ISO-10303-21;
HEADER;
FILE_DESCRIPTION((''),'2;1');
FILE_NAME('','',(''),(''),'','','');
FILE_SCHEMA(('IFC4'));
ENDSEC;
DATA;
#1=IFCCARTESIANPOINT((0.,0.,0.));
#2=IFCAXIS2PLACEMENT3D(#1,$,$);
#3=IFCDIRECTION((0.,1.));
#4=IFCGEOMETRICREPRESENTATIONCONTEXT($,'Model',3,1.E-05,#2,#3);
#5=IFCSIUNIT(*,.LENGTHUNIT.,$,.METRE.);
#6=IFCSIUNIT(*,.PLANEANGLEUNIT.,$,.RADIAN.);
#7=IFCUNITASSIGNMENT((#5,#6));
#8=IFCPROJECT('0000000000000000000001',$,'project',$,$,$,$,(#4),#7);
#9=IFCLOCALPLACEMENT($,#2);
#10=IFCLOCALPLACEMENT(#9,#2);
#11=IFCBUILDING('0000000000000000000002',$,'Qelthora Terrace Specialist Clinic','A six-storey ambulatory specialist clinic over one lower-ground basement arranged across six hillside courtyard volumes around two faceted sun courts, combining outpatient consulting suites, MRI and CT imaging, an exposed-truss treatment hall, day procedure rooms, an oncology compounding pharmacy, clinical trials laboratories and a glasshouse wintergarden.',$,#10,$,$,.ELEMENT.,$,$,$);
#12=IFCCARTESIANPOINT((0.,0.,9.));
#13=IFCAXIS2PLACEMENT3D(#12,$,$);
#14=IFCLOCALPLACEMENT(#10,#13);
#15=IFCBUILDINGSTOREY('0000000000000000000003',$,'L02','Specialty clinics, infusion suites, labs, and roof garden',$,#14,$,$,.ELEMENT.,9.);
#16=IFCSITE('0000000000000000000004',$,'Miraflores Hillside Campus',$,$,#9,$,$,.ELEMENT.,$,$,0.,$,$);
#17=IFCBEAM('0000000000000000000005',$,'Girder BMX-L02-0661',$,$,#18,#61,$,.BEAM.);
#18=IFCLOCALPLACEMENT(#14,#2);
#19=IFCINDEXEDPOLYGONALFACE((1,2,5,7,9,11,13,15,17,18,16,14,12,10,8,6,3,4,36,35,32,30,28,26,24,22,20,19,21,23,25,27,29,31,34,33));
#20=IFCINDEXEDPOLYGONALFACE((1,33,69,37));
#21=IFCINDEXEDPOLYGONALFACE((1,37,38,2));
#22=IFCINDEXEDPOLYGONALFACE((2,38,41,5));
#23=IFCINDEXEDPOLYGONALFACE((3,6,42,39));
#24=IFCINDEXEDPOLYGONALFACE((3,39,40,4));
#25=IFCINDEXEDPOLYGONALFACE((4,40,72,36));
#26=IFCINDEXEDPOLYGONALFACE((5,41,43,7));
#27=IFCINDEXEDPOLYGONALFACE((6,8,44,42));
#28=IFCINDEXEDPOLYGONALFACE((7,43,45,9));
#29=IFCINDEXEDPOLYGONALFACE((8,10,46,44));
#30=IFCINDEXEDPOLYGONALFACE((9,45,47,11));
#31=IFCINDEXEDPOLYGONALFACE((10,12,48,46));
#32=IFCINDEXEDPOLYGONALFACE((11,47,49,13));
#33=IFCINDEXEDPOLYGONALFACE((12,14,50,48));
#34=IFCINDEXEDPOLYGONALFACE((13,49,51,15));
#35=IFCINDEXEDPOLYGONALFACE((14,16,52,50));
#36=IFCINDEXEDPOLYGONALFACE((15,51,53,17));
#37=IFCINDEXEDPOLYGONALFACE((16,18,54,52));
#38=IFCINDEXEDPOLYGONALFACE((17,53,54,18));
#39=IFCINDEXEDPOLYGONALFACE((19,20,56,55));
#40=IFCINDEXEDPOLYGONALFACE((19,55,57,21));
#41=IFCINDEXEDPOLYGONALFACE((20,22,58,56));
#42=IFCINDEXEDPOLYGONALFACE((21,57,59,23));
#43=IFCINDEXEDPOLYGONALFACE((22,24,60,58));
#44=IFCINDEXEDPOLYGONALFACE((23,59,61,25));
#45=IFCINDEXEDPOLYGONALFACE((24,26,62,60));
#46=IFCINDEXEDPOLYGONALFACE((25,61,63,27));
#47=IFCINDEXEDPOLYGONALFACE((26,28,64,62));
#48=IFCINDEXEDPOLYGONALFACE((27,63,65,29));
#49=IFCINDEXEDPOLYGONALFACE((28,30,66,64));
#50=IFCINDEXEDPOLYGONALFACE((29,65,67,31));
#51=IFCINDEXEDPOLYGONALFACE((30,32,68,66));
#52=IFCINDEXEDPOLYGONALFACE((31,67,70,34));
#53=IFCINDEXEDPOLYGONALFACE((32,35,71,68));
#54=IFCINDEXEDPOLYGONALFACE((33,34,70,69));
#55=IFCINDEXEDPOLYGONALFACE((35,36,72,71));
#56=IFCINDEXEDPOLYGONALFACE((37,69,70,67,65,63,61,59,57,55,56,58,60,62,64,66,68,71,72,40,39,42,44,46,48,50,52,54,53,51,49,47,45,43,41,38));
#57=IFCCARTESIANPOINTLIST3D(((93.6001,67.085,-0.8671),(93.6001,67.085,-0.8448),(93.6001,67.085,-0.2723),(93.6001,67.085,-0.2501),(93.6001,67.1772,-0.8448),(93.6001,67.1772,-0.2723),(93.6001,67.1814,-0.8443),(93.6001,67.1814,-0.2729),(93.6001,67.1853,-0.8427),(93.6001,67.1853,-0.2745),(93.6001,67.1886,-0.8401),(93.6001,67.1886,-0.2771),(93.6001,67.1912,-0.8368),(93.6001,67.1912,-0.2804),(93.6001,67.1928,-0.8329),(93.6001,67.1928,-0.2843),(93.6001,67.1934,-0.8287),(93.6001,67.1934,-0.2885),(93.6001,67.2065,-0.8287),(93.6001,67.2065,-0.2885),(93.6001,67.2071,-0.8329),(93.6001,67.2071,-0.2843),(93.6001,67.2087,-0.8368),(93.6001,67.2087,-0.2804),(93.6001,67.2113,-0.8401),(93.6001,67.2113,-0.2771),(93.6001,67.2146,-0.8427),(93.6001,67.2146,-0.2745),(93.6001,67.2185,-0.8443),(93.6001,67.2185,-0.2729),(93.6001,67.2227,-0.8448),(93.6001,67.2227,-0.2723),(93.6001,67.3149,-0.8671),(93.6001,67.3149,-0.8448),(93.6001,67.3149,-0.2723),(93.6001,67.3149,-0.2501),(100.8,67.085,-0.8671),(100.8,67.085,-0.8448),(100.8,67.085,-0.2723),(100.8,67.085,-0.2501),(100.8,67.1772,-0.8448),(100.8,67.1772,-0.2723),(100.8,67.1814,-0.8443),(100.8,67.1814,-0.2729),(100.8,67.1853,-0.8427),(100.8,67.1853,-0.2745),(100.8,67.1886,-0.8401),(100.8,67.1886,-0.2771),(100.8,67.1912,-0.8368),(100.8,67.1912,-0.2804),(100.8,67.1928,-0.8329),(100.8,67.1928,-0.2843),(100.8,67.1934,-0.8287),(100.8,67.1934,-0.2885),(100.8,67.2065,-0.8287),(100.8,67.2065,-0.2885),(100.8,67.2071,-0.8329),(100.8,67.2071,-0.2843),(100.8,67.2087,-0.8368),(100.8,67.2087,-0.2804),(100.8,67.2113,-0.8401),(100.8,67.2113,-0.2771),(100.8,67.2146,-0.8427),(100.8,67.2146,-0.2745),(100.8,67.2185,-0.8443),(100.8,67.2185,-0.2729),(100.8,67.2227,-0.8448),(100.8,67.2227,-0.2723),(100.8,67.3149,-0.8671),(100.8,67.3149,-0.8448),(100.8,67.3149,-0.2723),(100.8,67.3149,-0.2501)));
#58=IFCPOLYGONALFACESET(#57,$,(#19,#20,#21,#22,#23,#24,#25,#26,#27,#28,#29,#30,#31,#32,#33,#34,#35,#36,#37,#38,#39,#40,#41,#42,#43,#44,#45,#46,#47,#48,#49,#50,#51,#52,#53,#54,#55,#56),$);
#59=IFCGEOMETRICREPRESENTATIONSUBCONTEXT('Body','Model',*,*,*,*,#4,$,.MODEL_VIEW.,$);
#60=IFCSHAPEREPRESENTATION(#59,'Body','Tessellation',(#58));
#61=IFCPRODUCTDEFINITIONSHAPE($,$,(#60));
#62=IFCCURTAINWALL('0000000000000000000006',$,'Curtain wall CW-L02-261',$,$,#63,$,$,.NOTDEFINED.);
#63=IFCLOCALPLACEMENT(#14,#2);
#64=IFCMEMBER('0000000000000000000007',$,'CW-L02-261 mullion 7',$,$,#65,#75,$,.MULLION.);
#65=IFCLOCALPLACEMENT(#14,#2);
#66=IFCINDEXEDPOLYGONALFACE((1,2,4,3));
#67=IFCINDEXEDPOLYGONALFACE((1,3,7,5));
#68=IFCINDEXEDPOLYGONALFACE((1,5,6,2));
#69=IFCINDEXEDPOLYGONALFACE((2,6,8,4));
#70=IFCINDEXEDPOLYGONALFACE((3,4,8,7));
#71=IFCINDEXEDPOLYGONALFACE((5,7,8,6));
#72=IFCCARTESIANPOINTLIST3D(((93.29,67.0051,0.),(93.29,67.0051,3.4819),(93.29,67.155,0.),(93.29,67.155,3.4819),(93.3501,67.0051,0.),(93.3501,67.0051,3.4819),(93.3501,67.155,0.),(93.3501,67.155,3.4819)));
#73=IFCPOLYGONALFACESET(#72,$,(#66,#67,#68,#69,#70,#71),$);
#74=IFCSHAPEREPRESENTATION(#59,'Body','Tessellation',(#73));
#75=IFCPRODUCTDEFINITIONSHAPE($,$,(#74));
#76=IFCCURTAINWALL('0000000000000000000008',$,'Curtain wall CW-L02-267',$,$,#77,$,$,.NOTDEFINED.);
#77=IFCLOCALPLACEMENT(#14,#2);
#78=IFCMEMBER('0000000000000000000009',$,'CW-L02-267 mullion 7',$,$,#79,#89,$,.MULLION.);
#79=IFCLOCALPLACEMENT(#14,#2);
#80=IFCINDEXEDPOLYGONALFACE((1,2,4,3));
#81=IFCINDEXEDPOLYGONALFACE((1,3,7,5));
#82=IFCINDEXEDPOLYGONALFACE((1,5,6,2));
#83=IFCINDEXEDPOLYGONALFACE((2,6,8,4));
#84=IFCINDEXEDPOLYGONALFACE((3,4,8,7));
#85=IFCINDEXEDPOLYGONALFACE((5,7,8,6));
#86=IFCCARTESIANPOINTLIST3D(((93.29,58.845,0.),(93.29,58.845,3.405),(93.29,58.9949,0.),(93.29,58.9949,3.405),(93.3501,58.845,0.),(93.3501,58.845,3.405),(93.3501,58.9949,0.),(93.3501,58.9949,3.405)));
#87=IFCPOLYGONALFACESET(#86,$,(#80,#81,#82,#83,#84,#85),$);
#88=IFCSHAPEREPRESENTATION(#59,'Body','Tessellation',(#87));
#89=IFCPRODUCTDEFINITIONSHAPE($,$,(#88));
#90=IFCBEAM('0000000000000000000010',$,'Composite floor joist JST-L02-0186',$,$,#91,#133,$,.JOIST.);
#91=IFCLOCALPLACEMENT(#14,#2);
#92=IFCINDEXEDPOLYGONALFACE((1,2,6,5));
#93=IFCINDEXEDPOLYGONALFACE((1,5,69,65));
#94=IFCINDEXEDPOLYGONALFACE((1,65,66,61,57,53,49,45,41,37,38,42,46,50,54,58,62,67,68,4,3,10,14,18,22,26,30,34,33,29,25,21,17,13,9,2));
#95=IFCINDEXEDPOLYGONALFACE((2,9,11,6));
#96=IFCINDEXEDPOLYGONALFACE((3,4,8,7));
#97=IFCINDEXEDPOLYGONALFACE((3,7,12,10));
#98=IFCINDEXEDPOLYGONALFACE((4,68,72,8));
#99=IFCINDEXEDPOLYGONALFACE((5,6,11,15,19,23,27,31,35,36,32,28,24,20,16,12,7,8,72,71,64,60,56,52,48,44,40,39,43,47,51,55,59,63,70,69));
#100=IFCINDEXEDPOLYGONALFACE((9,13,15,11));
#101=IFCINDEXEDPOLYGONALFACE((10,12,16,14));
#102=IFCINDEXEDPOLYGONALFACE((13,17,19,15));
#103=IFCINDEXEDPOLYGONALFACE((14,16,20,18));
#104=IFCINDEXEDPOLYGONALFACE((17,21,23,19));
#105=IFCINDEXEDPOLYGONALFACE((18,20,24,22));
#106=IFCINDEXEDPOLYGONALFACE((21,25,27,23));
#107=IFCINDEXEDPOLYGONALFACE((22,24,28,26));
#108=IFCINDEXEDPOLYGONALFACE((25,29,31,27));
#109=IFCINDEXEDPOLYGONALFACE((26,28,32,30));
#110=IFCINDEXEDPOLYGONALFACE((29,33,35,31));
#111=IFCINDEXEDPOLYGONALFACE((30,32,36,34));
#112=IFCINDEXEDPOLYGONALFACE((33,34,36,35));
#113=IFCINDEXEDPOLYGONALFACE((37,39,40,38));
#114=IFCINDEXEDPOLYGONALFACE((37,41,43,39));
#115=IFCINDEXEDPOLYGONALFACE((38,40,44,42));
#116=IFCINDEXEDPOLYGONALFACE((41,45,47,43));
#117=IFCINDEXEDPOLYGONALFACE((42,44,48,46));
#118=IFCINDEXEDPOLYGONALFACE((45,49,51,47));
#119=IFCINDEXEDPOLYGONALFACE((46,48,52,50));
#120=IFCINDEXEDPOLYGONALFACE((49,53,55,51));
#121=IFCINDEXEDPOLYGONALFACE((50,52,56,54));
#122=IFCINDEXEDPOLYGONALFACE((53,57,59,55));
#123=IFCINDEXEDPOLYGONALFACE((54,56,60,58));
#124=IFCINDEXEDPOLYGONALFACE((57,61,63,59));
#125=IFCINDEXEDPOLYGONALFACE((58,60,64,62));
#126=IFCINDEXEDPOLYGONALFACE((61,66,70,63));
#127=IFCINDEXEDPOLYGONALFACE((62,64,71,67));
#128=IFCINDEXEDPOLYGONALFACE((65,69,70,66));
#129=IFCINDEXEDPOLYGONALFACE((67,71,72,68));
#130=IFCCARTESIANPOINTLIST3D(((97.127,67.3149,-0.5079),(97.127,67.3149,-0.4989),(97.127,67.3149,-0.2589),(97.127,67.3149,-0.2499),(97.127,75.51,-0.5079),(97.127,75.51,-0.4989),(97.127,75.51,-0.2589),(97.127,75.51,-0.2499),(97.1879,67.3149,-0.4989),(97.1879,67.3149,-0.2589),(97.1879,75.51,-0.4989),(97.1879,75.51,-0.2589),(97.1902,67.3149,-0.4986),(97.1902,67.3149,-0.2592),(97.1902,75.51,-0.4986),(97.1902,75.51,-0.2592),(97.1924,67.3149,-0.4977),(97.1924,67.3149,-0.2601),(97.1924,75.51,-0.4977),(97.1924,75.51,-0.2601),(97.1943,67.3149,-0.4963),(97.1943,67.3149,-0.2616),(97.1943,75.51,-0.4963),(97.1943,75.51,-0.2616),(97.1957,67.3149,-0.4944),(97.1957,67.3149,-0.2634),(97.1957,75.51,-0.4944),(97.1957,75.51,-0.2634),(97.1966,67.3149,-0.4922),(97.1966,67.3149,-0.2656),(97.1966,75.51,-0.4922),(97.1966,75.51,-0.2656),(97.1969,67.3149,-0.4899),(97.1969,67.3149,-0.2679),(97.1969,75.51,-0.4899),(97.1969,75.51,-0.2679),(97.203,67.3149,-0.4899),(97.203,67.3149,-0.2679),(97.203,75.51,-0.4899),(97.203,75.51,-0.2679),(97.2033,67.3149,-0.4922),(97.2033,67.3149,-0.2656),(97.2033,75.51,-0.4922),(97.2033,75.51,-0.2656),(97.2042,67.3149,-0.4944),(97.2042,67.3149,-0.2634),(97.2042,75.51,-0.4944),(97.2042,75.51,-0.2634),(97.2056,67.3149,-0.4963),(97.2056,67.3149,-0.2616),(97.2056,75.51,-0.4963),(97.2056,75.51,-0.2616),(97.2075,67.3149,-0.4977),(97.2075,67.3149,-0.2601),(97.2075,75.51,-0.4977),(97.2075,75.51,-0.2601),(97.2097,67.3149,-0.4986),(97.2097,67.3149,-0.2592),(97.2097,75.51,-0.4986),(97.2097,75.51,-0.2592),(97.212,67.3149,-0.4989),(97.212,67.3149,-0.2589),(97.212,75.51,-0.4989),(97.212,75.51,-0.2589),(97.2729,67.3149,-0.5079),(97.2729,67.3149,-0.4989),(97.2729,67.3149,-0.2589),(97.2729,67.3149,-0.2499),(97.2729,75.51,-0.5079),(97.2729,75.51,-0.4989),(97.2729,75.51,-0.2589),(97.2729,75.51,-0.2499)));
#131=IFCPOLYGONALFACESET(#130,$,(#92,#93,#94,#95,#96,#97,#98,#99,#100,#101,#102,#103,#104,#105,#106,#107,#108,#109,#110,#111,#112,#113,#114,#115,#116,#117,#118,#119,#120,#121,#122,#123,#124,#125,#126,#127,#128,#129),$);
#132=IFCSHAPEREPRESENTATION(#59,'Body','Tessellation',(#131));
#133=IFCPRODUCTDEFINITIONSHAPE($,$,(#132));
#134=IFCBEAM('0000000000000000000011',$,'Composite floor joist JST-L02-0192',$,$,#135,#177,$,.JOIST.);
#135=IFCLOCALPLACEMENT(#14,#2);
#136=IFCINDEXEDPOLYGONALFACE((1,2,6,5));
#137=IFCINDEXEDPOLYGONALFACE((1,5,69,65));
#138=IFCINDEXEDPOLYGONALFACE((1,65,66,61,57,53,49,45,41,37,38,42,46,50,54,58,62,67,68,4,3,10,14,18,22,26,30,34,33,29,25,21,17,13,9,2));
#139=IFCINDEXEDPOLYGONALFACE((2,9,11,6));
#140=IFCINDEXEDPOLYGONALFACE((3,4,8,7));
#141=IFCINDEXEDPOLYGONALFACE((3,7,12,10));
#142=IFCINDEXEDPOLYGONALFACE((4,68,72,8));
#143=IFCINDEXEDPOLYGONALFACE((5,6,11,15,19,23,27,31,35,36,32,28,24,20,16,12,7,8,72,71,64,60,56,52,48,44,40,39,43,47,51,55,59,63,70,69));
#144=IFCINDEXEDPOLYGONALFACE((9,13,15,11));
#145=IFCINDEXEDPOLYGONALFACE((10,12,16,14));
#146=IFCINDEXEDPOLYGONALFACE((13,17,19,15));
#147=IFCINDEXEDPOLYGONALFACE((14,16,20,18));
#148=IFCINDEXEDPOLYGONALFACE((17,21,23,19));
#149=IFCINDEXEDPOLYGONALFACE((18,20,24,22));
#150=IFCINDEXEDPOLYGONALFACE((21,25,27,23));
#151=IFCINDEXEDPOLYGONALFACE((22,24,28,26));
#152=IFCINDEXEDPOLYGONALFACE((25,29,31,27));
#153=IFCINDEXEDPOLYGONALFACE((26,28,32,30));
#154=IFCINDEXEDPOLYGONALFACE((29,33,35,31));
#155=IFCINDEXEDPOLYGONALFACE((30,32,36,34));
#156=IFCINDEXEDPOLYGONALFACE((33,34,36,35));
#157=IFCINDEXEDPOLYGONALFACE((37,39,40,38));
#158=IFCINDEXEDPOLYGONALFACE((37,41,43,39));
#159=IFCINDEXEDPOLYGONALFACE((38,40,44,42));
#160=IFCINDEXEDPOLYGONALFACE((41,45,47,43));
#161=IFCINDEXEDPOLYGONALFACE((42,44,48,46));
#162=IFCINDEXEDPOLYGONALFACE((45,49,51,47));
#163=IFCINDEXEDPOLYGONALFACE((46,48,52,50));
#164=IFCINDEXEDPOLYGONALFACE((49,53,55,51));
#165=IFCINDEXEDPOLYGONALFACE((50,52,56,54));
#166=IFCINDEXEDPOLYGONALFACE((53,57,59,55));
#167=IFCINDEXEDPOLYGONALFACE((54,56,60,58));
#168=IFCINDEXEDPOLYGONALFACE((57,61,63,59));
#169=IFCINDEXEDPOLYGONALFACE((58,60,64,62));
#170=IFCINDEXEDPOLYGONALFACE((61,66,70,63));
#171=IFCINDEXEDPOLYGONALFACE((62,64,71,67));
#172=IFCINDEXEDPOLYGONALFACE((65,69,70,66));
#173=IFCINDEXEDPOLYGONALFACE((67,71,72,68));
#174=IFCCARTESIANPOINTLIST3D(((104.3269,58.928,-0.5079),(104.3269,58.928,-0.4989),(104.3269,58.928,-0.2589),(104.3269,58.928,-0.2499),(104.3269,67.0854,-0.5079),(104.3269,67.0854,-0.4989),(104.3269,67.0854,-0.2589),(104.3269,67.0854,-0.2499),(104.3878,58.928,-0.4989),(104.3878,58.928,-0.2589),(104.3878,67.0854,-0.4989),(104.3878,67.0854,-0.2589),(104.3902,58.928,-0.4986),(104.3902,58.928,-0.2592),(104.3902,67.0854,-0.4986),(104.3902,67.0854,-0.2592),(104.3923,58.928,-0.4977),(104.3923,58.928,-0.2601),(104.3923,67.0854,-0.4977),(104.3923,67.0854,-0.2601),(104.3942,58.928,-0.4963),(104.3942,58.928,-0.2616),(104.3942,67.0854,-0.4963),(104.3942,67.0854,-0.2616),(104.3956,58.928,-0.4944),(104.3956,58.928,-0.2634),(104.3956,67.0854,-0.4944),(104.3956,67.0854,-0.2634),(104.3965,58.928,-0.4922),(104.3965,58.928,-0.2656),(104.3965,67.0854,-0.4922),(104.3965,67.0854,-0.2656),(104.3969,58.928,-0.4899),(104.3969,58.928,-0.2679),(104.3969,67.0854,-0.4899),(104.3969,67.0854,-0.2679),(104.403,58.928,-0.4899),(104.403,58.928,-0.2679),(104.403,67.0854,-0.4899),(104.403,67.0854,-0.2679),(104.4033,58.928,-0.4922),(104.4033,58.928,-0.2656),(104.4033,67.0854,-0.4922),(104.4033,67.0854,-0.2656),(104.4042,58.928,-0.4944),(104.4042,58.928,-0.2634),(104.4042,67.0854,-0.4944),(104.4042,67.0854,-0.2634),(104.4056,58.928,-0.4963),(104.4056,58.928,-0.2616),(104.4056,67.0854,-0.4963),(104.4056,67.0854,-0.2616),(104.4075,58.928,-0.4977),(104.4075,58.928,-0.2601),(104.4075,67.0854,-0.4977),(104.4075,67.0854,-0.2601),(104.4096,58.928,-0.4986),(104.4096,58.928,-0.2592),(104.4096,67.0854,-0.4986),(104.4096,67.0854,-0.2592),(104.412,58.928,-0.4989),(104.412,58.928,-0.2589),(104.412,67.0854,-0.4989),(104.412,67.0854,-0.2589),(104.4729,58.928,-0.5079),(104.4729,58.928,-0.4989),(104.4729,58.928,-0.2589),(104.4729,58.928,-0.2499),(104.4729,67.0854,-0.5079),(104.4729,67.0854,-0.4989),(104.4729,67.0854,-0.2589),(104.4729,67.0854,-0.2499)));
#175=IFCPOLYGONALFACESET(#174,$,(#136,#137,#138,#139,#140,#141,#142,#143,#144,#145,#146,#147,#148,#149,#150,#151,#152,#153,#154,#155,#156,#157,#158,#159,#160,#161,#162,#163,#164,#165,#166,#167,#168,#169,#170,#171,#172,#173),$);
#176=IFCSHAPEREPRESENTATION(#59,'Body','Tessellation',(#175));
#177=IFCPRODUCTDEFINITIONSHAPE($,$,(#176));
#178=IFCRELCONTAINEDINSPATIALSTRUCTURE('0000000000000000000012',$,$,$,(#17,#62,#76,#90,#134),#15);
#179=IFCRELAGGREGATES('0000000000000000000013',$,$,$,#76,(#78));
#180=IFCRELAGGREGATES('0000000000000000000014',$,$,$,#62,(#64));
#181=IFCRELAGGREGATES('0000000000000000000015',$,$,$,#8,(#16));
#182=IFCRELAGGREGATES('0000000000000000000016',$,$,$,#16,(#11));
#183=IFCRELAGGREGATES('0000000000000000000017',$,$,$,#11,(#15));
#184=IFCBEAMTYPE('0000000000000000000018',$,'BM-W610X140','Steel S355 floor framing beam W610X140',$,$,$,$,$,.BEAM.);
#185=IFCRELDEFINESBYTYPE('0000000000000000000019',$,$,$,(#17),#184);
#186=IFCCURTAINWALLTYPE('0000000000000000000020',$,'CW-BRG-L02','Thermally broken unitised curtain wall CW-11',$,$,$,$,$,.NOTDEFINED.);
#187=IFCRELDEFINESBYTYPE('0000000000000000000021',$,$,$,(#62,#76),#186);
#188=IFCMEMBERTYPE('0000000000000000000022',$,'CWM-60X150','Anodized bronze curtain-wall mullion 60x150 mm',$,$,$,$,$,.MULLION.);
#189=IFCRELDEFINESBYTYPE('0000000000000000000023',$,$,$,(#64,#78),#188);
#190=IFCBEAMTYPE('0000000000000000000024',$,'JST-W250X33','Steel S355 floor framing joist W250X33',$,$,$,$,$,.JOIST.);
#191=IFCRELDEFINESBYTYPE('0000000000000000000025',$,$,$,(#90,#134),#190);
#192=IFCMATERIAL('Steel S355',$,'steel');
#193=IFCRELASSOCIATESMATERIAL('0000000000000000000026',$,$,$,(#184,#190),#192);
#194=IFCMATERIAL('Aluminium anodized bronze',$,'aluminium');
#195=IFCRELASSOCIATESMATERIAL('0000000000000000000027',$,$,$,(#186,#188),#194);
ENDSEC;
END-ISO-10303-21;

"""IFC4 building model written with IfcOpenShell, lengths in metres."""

from ifc_helpers import new_model, si_unit, direction, frame, origin, origin_2d, place, context, subcontext, project, spatial, rectangle, i_section, extrude, material, material_profile, profile_set, type_object, element, aggregate, save


model = new_model("IFC4")

# Units and contexts
model_context = context("Model", 3, precision=1e-05, world=origin(), true_north=direction((0.0, 1.0)))
body_context = subcontext(model_context, "Body", "Model", "MODEL_VIEW")
ifc_project = project(units=[si_unit("LENGTHUNIT", "METRE"), si_unit("PLANEANGLEUNIT", "RADIAN")], contexts=[model_context])

# Site, building, storey
site_placement = place(None, origin())
site = spatial("IfcSite", under=ifc_project, at=site_placement, Name="Miraflores Hillside Campus", CompositionType="ELEMENT", RefElevation=0.0)
building_placement = place(site_placement, origin())
building = spatial("IfcBuilding", under=site, at=building_placement, Name="Qelthora Terrace Specialist Clinic", Description="A six-storey ambulatory specialist clinic over one lower-ground basement arranged across six hillside courtyard volumes around two faceted sun courts, combining outpatient consulting suites, MRI and CT imaging, an exposed-truss treatment hall, day procedure rooms, an oncology compounding pharmacy, clinical trials laboratories and a glasshouse wintergarden.", CompositionType="ELEMENT")
storey_placement = place(building_placement, frame((0.0, 0.0, 9.0)))
storey = spatial("IfcBuildingStorey", under=building, at=storey_placement, Name="L02", Description="Specialty clinics, infusion suites, labs, and roof garden", CompositionType="ELEMENT", Elevation=9.0)

# Shared definitions
ifc_material_1 = material(Name="Steel S355", Category="steel")

# Beam
ifc_material_profile_1 = material_profile(ifc_material_1, i_section(OverallWidth=0.23, OverallDepth=0.6169, WebThickness=0.0132, FlangeThickness=0.0222, FilletRadius=0.0161, at=origin_2d()), Name="W610X140")
ifc_profile_set_1 = profile_set([ifc_material_profile_1], Name="Steel S355")
beam_type_1 = type_object("IfcBeamType", Name="BM-W610X140", Description="Steel S355 floor framing beam W610X140", PredefinedType="BEAM", material=ifc_profile_set_1)
beam_1_placement = place(storey_placement, frame((93.6001, 67.2, -0.5586), z_axis=(1.0, 0.0, 0.0), x_axis=(0.0, 1.0, 0.0)))
element("IfcBeam", 1, at=beam_1_placement, inside=storey, type_object=beam_type_1, Name="Girder BMX-L02-0661", PredefinedType="BEAM", context=body_context, shape_type="SweptSolid", body=[
    extrude(i_section(OverallWidth=0.23, OverallDepth=0.6169, WebThickness=0.0132, FlangeThickness=0.0222, FilletRadius=0.0161, at=origin_2d()), origin(), (0.0, 0.0, 1.0), 7.2),
])

# Curtain walls, members
ifc_material_2 = material(Name="Aluminium anodized bronze", Category="aluminium")
curtain_wall_type = type_object("IfcCurtainWallType", Name="CW-BRG-L02", Description="Thermally broken unitised curtain wall CW-11", PredefinedType="NOTDEFINED", material=ifc_material_2)
curtain_wall_1_placement = place(storey_placement, origin())
curtain_wall_1 = element("IfcCurtainWall", 2, at=curtain_wall_1_placement, inside=storey, type_object=curtain_wall_type, Name="Curtain wall CW-L02-261", PredefinedType="NOTDEFINED")
ifc_material_profile_2 = material_profile(ifc_material_2, rectangle(XDim=0.0601, YDim=0.1499, at=origin_2d()), Name="CWM60X150")
ifc_profile_set_2 = profile_set([ifc_material_profile_2], Name="Aluminium anodized bronze")
member_type = type_object("IfcMemberType", Name="CWM-60X150", Description="Anodized bronze curtain-wall mullion 60x150 mm", PredefinedType="MULLION", material=ifc_profile_set_2)
member_1_placement = place(storey_placement, frame((93.3201, 67.0801, 0.0), z_axis=(0.0, 0.0, 1.0), x_axis=(1.0, 0.0, 0.0)))
member_1 = element("IfcMember", 3, at=member_1_placement, type_object=member_type, Name="CW-L02-261 mullion 7", PredefinedType="MULLION", context=body_context, shape_type="SweptSolid", body=[
    extrude(rectangle(XDim=0.0601, YDim=0.1499, at=origin_2d()), origin(), (0.0, 0.0, 1.0), 3.4819),
])
curtain_wall_2_placement = place(storey_placement, origin())
curtain_wall_2 = element("IfcCurtainWall", 4, at=curtain_wall_2_placement, inside=storey, type_object=curtain_wall_type, Name="Curtain wall CW-L02-267", PredefinedType="NOTDEFINED")
member_2_placement = place(storey_placement, frame((93.3201, 58.9199, 0.0), z_axis=(0.0, 0.0, 1.0), x_axis=(1.0, 0.0, 0.0)))
member_2 = element("IfcMember", 5, at=member_2_placement, type_object=member_type, Name="CW-L02-267 mullion 7", PredefinedType="MULLION", context=body_context, shape_type="SweptSolid", body=[
    extrude(rectangle(XDim=0.0601, YDim=0.1499, at=origin_2d()), origin(), (0.0, 0.0, 1.0), 3.405),
])
aggregate(curtain_wall_2, [member_2])

# Beams
ifc_material_profile_3 = material_profile(ifc_material_1, i_section(OverallWidth=0.146, OverallDepth=0.2581, WebThickness=0.0061, FlangeThickness=0.009, FilletRadius=0.009, at=origin_2d()), Name="W250X33")
ifc_profile_set_3 = profile_set([ifc_material_profile_3], Name="Steel S355")
beam_type_2 = type_object("IfcBeamType", Name="JST-W250X33", Description="Steel S355 floor framing joist W250X33", PredefinedType="JOIST", material=ifc_profile_set_3)
beam_2_placement = place(storey_placement, frame((97.2, 67.3149, -0.3789), z_axis=(0.0, 1.0, 0.0), x_axis=(-1.0, 0.0, 0.0)))
element("IfcBeam", 6, at=beam_2_placement, inside=storey, type_object=beam_type_2, Name="Composite floor joist JST-L02-0186", PredefinedType="JOIST", context=body_context, shape_type="SweptSolid", body=[
    extrude(i_section(OverallWidth=0.146, OverallDepth=0.2581, WebThickness=0.0061, FlangeThickness=0.009, FilletRadius=0.009, at=origin_2d()), origin(), (0.0, 0.0, 1.0), 8.1951),
])
beam_3_placement = place(storey_placement, frame((104.3999, 58.928, -0.3789), z_axis=(0.0, 1.0, 0.0), x_axis=(-1.0, 0.0, 0.0)))
element("IfcBeam", 7, at=beam_3_placement, inside=storey, type_object=beam_type_2, Name="Composite floor joist JST-L02-0192", PredefinedType="JOIST", context=body_context, shape_type="SweptSolid", body=[
    extrude(i_section(OverallWidth=0.146, OverallDepth=0.2581, WebThickness=0.0061, FlangeThickness=0.009, FilletRadius=0.009, at=origin_2d()), origin(), (0.0, 0.0, 1.0), 8.1575),
])

aggregate(curtain_wall_1, [member_1])

save(model, "model.ifc")
